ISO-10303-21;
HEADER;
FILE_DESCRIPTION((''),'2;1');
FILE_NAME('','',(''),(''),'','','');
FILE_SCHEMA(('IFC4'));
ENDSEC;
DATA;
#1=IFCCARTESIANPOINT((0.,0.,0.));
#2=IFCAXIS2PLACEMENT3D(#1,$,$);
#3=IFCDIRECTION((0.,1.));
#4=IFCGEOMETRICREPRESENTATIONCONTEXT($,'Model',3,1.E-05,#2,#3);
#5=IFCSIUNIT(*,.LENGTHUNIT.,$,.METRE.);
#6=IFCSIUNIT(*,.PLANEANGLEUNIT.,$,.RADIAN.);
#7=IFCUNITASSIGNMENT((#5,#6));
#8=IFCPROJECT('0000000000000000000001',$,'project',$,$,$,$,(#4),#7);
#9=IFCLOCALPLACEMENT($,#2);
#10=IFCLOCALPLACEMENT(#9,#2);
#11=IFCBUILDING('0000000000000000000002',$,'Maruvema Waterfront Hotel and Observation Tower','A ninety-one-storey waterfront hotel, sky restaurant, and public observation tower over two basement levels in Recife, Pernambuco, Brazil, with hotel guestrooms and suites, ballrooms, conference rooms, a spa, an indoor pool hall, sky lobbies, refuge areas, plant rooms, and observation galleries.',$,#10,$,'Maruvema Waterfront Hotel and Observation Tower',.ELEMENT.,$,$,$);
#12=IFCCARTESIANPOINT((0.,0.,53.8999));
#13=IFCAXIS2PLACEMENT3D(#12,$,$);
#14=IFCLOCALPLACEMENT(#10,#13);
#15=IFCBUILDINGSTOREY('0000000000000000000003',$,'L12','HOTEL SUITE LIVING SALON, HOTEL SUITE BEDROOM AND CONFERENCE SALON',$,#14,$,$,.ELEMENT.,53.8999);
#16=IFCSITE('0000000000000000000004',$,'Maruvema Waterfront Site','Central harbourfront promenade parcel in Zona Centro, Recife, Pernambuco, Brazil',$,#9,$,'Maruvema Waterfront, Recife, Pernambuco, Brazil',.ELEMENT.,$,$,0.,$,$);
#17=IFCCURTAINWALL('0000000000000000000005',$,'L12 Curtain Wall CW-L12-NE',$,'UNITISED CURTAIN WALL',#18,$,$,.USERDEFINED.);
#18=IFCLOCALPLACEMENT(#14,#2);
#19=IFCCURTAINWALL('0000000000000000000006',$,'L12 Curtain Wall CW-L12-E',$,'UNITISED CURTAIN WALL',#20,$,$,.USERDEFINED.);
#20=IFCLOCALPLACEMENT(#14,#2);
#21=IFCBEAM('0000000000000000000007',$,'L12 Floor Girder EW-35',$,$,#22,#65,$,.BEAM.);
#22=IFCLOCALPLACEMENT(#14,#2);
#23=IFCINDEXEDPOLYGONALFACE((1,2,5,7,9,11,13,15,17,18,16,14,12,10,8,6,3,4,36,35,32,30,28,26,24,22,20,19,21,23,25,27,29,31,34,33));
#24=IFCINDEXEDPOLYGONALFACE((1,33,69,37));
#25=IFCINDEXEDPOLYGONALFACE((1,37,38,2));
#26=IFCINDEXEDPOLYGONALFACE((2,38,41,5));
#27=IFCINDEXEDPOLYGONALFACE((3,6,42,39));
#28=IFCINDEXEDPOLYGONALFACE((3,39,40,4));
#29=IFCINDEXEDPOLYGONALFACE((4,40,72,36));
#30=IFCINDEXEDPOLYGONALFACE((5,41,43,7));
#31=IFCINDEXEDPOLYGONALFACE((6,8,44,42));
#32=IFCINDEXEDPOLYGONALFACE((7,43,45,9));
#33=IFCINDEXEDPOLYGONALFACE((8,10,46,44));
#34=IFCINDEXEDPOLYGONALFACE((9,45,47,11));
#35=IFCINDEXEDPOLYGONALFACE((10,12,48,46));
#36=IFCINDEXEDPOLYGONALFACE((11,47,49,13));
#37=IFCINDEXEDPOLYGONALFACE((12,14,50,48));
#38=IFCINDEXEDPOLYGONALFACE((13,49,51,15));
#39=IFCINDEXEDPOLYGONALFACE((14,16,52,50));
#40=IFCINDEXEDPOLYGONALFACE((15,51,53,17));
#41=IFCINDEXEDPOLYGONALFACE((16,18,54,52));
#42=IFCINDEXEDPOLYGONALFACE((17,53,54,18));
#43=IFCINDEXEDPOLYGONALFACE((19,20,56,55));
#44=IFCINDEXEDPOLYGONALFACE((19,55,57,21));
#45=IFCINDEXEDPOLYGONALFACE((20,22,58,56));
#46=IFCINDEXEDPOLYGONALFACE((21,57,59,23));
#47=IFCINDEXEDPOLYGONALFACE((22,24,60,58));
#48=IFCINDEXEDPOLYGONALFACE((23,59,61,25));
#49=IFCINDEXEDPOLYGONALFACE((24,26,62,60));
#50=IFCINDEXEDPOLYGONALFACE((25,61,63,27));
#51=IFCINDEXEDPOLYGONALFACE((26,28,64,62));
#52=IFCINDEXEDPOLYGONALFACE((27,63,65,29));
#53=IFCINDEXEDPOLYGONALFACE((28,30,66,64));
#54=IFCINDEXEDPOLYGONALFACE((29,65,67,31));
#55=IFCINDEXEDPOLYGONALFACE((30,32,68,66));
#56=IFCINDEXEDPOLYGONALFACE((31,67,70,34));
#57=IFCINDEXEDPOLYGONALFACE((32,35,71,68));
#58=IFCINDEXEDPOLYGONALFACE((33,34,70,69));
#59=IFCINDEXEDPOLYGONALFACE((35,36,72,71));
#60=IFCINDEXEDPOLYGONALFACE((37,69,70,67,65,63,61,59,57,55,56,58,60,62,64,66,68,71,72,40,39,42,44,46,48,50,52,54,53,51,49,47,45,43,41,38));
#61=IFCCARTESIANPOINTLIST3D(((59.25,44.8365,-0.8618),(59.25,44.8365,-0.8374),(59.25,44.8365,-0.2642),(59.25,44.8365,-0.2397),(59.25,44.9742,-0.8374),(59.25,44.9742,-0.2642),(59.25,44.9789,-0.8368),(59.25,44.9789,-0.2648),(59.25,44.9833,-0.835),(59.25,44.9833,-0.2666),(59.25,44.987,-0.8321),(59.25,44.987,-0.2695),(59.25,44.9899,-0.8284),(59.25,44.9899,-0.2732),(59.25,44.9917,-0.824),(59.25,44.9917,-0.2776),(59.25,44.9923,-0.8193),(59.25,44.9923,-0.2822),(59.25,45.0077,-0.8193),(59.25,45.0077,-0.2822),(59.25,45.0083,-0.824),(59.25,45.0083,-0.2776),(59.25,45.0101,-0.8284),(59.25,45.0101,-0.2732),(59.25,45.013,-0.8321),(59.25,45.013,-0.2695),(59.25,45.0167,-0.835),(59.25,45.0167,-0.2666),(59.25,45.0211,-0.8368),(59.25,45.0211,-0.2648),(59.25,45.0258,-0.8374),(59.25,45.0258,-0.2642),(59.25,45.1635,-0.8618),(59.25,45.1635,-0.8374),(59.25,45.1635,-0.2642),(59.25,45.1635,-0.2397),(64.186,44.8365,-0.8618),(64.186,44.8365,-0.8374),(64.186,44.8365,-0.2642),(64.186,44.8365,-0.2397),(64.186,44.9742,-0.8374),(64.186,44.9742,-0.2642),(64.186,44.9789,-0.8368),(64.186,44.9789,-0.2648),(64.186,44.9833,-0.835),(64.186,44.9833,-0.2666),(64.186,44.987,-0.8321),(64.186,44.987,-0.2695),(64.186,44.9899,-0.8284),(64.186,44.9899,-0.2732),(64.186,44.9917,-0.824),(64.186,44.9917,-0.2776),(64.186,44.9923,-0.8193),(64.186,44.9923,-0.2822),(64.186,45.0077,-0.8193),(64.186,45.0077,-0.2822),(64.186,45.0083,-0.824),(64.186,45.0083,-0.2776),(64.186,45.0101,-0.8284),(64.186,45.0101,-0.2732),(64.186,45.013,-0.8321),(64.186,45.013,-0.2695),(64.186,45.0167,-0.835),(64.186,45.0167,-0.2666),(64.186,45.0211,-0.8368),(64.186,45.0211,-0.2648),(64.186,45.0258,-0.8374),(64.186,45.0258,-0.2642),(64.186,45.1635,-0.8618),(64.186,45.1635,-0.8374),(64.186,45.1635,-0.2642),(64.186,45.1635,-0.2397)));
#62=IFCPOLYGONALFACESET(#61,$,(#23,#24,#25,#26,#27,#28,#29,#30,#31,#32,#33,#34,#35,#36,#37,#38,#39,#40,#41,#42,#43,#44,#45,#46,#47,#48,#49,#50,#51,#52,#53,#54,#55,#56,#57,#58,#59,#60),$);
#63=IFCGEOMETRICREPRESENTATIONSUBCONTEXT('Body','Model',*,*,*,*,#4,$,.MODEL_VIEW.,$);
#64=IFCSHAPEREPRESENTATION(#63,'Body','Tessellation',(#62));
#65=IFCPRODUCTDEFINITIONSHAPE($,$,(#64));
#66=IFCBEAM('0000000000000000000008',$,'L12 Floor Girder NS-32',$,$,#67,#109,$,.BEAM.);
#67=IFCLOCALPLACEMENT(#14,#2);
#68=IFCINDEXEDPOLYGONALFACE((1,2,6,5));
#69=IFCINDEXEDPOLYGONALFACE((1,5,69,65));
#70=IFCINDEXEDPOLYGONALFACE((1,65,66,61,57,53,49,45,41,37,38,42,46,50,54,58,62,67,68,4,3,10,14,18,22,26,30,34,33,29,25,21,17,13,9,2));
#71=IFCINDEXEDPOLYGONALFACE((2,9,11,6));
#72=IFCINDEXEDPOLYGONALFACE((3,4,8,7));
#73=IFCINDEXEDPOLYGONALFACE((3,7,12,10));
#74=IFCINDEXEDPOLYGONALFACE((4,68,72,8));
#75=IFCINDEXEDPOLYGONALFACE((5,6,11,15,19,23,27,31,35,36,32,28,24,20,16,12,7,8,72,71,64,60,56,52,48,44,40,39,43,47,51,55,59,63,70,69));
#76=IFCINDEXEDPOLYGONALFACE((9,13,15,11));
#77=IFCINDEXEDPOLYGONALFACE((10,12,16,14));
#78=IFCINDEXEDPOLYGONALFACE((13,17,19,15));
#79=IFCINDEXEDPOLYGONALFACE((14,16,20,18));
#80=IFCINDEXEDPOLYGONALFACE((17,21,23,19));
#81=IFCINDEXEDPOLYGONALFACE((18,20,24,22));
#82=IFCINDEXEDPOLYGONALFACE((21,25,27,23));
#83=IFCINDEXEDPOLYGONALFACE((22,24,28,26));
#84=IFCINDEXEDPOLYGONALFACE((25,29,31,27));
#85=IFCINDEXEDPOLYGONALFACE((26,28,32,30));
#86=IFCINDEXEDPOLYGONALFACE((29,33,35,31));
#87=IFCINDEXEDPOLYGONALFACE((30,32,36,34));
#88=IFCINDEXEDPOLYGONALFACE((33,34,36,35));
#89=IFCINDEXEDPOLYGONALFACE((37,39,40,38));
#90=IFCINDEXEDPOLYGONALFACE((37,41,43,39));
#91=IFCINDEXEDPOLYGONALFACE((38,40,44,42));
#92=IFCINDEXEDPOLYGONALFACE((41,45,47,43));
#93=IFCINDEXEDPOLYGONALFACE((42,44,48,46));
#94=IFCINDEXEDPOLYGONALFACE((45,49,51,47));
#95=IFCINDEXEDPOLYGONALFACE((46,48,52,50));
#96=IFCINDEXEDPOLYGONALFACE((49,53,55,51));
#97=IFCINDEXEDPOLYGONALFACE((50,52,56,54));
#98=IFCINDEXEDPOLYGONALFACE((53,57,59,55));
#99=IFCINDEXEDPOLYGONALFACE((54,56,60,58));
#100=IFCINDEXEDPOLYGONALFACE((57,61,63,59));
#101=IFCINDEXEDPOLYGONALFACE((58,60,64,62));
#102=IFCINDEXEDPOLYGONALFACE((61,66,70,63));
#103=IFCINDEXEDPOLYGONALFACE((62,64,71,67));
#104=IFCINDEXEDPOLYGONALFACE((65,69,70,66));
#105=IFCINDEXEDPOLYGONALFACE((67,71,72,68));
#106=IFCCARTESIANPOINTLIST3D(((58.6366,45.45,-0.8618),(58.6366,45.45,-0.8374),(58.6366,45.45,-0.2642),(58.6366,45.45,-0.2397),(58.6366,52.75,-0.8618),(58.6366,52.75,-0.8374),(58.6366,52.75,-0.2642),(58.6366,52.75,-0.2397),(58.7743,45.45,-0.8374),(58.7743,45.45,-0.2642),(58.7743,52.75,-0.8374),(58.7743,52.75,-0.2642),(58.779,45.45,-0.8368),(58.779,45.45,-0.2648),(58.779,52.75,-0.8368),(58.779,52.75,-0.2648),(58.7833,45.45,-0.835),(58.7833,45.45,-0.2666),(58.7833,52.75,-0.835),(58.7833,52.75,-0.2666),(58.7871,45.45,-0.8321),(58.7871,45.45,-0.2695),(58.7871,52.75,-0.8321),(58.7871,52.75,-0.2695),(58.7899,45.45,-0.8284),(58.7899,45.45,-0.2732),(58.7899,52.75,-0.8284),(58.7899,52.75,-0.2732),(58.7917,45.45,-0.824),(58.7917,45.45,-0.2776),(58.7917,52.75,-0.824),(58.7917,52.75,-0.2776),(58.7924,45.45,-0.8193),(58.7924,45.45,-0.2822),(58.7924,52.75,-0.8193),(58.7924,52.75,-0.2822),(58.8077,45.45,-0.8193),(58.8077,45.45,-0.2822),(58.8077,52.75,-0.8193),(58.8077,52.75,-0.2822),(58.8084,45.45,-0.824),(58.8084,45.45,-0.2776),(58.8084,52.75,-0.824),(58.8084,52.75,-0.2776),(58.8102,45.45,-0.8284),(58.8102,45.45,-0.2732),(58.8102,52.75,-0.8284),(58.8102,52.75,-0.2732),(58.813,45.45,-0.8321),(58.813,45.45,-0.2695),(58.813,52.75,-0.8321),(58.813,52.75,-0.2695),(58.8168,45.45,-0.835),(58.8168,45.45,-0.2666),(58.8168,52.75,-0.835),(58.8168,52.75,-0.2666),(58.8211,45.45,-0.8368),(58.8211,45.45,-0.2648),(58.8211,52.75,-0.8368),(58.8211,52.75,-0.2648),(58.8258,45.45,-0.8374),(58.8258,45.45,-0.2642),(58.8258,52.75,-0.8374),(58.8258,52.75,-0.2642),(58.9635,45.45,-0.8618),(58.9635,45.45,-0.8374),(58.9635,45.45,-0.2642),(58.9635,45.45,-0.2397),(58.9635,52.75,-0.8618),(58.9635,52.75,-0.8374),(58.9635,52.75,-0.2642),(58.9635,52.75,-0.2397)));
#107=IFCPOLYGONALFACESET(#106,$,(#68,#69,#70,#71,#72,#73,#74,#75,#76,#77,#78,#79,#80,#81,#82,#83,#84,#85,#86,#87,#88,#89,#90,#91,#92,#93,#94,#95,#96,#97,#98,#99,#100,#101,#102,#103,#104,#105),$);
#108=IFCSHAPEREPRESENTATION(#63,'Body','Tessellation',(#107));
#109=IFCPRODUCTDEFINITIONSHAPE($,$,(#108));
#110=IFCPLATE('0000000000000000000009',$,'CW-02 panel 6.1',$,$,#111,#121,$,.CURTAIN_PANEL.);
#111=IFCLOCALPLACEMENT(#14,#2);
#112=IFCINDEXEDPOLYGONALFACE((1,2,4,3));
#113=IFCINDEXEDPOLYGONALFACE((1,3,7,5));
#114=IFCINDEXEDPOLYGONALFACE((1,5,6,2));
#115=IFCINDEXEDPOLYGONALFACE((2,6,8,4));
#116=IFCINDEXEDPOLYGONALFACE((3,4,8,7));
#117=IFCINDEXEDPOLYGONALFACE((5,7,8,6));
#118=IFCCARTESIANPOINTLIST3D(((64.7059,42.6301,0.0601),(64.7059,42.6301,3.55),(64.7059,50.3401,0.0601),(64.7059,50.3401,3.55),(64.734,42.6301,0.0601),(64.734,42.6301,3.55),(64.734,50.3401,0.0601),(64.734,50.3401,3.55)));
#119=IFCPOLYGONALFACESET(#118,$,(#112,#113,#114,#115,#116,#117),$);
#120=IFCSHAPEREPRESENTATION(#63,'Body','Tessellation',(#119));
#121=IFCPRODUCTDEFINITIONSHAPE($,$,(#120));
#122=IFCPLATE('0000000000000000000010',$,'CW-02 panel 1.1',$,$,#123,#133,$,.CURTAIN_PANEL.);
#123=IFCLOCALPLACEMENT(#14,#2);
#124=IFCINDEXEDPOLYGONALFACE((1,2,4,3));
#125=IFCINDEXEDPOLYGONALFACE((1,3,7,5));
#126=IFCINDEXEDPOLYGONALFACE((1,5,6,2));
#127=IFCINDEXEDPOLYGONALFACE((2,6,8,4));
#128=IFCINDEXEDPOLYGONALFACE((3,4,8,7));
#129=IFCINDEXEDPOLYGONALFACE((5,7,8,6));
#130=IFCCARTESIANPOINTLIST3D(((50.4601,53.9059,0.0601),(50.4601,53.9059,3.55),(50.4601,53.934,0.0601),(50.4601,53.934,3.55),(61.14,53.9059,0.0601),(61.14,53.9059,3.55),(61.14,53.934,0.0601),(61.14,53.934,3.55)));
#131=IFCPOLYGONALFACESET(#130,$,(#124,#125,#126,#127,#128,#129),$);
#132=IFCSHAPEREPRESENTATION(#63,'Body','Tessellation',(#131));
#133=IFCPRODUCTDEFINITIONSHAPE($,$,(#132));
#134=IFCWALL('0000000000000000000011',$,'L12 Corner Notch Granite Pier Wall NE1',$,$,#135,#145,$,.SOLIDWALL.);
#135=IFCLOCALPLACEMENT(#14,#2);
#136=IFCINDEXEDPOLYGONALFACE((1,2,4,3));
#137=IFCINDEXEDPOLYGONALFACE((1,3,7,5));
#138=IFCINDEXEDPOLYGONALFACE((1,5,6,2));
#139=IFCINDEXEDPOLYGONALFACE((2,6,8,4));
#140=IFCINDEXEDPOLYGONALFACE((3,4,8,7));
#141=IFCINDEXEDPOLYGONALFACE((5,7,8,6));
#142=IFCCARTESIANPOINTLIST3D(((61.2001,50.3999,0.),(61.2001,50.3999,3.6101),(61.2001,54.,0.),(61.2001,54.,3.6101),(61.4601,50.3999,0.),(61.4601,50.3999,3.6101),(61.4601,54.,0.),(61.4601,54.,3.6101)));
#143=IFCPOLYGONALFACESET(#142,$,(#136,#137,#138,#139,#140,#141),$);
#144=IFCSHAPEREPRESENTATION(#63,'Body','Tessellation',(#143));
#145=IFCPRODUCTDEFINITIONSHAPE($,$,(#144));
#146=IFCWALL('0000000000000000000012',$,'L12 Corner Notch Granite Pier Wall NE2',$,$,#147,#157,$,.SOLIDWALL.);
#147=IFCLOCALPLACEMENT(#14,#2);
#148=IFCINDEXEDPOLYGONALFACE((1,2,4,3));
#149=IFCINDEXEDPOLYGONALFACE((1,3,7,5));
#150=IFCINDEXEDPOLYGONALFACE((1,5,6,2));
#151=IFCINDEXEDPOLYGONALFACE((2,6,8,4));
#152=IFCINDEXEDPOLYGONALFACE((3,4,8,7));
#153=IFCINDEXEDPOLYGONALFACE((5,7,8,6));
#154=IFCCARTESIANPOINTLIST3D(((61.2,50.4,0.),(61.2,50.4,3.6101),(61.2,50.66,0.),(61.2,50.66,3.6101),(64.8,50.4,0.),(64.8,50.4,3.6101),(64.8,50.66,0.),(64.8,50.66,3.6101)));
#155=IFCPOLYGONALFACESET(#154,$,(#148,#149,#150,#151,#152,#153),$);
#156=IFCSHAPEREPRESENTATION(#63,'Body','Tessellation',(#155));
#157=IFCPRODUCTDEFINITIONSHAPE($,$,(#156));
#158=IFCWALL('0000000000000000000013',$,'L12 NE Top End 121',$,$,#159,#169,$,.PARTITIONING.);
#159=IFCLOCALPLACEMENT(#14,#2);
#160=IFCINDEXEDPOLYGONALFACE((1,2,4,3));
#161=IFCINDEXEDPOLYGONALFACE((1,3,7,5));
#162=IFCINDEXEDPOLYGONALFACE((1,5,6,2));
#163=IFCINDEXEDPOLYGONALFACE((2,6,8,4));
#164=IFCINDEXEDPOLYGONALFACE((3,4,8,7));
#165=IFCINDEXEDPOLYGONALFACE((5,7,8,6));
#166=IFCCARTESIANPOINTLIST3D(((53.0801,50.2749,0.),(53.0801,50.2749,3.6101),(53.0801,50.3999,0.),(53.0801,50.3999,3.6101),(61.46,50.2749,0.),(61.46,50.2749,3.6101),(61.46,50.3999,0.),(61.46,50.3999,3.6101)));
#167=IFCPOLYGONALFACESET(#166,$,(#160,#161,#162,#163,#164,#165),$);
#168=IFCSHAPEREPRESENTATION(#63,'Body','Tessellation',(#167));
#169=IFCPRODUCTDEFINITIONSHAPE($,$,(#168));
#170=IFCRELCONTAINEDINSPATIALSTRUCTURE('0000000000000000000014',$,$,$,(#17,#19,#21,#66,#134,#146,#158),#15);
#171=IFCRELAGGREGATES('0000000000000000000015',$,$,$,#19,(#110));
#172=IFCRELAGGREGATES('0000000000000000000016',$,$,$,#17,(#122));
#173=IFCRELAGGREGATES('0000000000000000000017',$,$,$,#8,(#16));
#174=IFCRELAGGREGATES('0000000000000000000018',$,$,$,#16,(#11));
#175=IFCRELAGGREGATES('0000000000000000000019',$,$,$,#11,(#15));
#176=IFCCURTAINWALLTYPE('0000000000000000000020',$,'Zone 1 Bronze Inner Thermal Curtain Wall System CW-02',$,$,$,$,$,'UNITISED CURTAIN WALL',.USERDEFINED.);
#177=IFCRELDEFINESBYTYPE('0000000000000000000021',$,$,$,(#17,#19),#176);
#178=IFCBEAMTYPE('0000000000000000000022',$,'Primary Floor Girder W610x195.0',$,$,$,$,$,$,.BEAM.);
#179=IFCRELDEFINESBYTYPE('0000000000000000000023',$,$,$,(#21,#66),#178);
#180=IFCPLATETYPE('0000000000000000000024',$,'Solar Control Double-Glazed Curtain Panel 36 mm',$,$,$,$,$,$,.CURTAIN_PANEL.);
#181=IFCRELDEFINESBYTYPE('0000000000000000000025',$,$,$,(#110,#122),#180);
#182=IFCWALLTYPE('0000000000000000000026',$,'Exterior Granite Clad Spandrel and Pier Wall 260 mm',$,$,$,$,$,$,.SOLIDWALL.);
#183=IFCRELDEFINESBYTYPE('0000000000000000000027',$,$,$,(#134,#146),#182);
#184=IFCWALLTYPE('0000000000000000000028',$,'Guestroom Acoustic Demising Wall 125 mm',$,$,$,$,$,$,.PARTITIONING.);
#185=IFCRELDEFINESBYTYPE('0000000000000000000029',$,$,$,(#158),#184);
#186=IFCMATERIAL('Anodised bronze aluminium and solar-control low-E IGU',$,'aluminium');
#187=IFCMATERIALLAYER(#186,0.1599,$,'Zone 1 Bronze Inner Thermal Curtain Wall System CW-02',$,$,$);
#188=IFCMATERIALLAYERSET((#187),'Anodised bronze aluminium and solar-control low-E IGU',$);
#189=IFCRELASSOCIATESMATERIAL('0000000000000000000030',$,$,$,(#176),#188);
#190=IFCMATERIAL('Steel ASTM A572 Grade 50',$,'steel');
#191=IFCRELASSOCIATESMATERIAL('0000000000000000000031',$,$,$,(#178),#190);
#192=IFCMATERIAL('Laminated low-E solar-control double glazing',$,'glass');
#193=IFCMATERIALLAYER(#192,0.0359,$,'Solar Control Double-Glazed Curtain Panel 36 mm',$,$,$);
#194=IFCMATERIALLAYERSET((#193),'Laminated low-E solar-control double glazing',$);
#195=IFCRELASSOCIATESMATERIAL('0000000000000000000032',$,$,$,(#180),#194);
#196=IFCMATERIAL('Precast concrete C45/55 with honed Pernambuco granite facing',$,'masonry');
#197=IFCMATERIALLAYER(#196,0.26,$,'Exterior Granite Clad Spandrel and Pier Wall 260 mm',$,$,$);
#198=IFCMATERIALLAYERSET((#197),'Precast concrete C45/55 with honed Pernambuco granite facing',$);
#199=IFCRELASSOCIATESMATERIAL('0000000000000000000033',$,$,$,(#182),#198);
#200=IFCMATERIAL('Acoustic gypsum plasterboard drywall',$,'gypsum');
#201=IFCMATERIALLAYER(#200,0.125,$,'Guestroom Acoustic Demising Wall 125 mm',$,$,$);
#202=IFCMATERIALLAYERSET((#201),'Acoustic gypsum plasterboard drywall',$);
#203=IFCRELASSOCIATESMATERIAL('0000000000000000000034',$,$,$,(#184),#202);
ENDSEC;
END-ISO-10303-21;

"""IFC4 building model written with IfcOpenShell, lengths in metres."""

from ifc_helpers import new_model, si_unit, direction, frame, frame_2d, origin, origin_2d, place, context, subcontext, project, spatial, rectangle, i_section, extrude, material, layer, layer_set, material_profile, profile_set, type_object, element, aggregate, save


model = new_model("IFC4")

# Units and contexts
model_context = context("Model", 3, precision=1e-05, world=origin(), true_north=direction((0.0, 1.0)))
body_context = subcontext(model_context, "Body", "Model", "MODEL_VIEW")
ifc_project = project(units=[si_unit("LENGTHUNIT", "METRE"), si_unit("PLANEANGLEUNIT", "RADIAN")], contexts=[model_context])

# Site, building, storey
site_placement = place(None, origin())
site = spatial("IfcSite", under=ifc_project, at=site_placement, Name="Maruvema Waterfront Site", Description="Central harbourfront promenade parcel in Zona Centro, Recife, Pernambuco, Brazil", LongName="Maruvema Waterfront, Recife, Pernambuco, Brazil", CompositionType="ELEMENT", RefElevation=0.0)
building_placement = place(site_placement, origin())
building = spatial("IfcBuilding", under=site, at=building_placement, Name="Maruvema Waterfront Hotel and Observation Tower", Description="A ninety-one-storey waterfront hotel, sky restaurant, and public observation tower over two basement levels in Recife, Pernambuco, Brazil, with hotel guestrooms and suites, ballrooms, conference rooms, a spa, an indoor pool hall, sky lobbies, refuge areas, plant rooms, and observation galleries.", LongName="Maruvema Waterfront Hotel and Observation Tower", CompositionType="ELEMENT")
storey_placement = place(building_placement, frame((0.0, 0.0, 53.8999)))
storey = spatial("IfcBuildingStorey", under=building, at=storey_placement, Name="L12", Description="HOTEL SUITE LIVING SALON, HOTEL SUITE BEDROOM AND CONFERENCE SALON", CompositionType="ELEMENT", Elevation=53.8999)

# Curtain wall
ifc_material_1 = material(Name="Anodised bronze aluminium and solar-control low-E IGU", Category="aluminium")
ifc_layer_1 = layer(ifc_material_1, 0.1599, Name="Zone 1 Bronze Inner Thermal Curtain Wall System CW-02")
ifc_layer_set_1 = layer_set([ifc_layer_1], Name="Anodised bronze aluminium and solar-control low-E IGU")
curtain_wall_type = type_object("IfcCurtainWallType", Name="Zone 1 Bronze Inner Thermal Curtain Wall System CW-02", ElementType="UNITISED CURTAIN WALL", PredefinedType="USERDEFINED", material=ifc_layer_set_1)
curtain_wall_1_placement = place(storey_placement, origin())
curtain_wall_1 = element("IfcCurtainWall", 1, at=curtain_wall_1_placement, inside=storey, type_object=curtain_wall_type, Name="L12 Curtain Wall CW-L12-NE", ObjectType="UNITISED CURTAIN WALL", PredefinedType="USERDEFINED")

# Curtain wall
curtain_wall_2_placement = place(storey_placement, origin())
curtain_wall_2 = element("IfcCurtainWall", 2, at=curtain_wall_2_placement, inside=storey, type_object=curtain_wall_type, Name="L12 Curtain Wall CW-L12-E", ObjectType="UNITISED CURTAIN WALL", PredefinedType="USERDEFINED")

# Beams
ifc_material_2 = material(Name="Steel ASTM A572 Grade 50", Category="steel")
ifc_material_profile_1 = material_profile(ifc_material_2, i_section(OverallWidth=0.3269, OverallDepth=0.6221, WebThickness=0.0154, FlangeThickness=0.0244, FilletRadius=0.0181, at=origin_2d()), Name="W610x195.0")
ifc_profile_set_1 = profile_set([ifc_material_profile_1], Name="Steel ASTM A572 Grade 50")
beam_type = type_object("IfcBeamType", Name="Primary Floor Girder W610x195.0", PredefinedType="BEAM", material=ifc_profile_set_1)
beam_1_placement = place(storey_placement, frame((59.25, 45.0, -0.5508), z_axis=(1.0, 0.0, 0.0), x_axis=(0.0, 1.0, 0.0)))
element("IfcBeam", 3, at=beam_1_placement, inside=storey, type_object=beam_type, Name="L12 Floor Girder EW-35", PredefinedType="BEAM", context=body_context, shape_type="SweptSolid", body=[
    extrude(i_section(OverallWidth=0.3269, OverallDepth=0.6221, WebThickness=0.0154, FlangeThickness=0.0244, FilletRadius=0.0181, at=origin_2d()), origin(), (0.0, 0.0, 1.0), 4.936),
])
beam_2_placement = place(storey_placement, frame((58.8, 45.45, -0.5508), z_axis=(0.0, 1.0, 0.0), x_axis=(-1.0, 0.0, 0.0)))
element("IfcBeam", 4, at=beam_2_placement, inside=storey, type_object=beam_type, Name="L12 Floor Girder NS-32", PredefinedType="BEAM", context=body_context, shape_type="SweptSolid", body=[
    extrude(i_section(OverallWidth=0.3269, OverallDepth=0.6221, WebThickness=0.0154, FlangeThickness=0.0244, FilletRadius=0.0181, at=origin_2d()), origin(), (0.0, 0.0, 1.0), 7.3),
])

# Plates
ifc_material_3 = material(Name="Laminated low-E solar-control double glazing", Category="glass")
ifc_layer_2 = layer(ifc_material_3, 0.0359, Name="Solar Control Double-Glazed Curtain Panel 36 mm")
ifc_layer_set_2 = layer_set([ifc_layer_2], Name="Laminated low-E solar-control double glazing")
plate_type = type_object("IfcPlateType", Name="Solar Control Double-Glazed Curtain Panel 36 mm", PredefinedType="CURTAIN_PANEL", material=ifc_layer_set_2)
plate_1_placement = place(storey_placement, frame((64.72, 46.4851, 0.0601), z_axis=(0.0, 0.0, 1.0), x_axis=(0.0, 1.0, 0.0)))
plate_1 = element("IfcPlate", 5, at=plate_1_placement, type_object=plate_type, Name="CW-02 panel 6.1", PredefinedType="CURTAIN_PANEL", context=body_context, shape_type="SweptSolid", body=[
    extrude(rectangle(XDim=7.71, YDim=0.0281, at=origin_2d()), origin(), (0.0, 0.0, 1.0), 3.49),
])
aggregate(curtain_wall_2, [plate_1])
plate_2_placement = place(storey_placement, frame((55.8, 53.9199, 0.0601), z_axis=(0.0, 0.0, 1.0), x_axis=(-1.0, 0.0, 0.0)))
plate_2 = element("IfcPlate", 6, at=plate_2_placement, type_object=plate_type, Name="CW-02 panel 1.1", PredefinedType="CURTAIN_PANEL", context=body_context, shape_type="SweptSolid", body=[
    extrude(rectangle(XDim=10.6799, YDim=0.0281, at=origin_2d()), origin(), (0.0, 0.0, 1.0), 3.49),
])
aggregate(curtain_wall_1, [plate_2])

# Walls
ifc_material_4 = material(Name="Precast concrete C45/55 with honed Pernambuco granite facing", Category="masonry")
ifc_layer_3 = layer(ifc_material_4, 0.26, Name="Exterior Granite Clad Spandrel and Pier Wall 260 mm")
ifc_layer_set_3 = layer_set([ifc_layer_3], Name="Precast concrete C45/55 with honed Pernambuco granite facing")
wall_type_1 = type_object("IfcWallType", Name="Exterior Granite Clad Spandrel and Pier Wall 260 mm", PredefinedType="SOLIDWALL", material=ifc_layer_set_3)
for number, where, z_axis, x_axis, name in (
    (7, (61.3301, 54.0, 0.0), (0.0, 0.0, 1.0), (0.0, -1.0, 0.0), "L12 Corner Notch Granite Pier Wall NE1"),
    (8, (61.2, 50.53, 0.0), (0.0, 0.0, 1.0), (1.0, 0.0, 0.0), "L12 Corner Notch Granite Pier Wall NE2"),
):
    element("IfcWall", number, at=place(storey_placement, frame(where, z_axis=z_axis, x_axis=x_axis)), inside=storey, type_object=wall_type_1, Name=name, PredefinedType="SOLIDWALL", context=body_context, shape_type="SweptSolid", body=[
        extrude(rectangle(XDim=3.6001, YDim=0.26, at=frame_2d((1.8, 0.0))), origin(), (0.0, 0.0, 1.0), 3.6101),
    ])
ifc_material_5 = material(Name="Acoustic gypsum plasterboard drywall", Category="gypsum")
ifc_layer_4 = layer(ifc_material_5, 0.125, Name="Guestroom Acoustic Demising Wall 125 mm")
ifc_layer_set_4 = layer_set([ifc_layer_4], Name="Acoustic gypsum plasterboard drywall")
wall_type_2 = type_object("IfcWallType", Name="Guestroom Acoustic Demising Wall 125 mm", PredefinedType="PARTITIONING", material=ifc_layer_set_4)
wall_placement = place(storey_placement, frame((53.0801, 50.3374, 0.0), z_axis=(0.0, 0.0, 1.0), x_axis=(1.0, 0.0, 0.0)))
element("IfcWall", 9, at=wall_placement, inside=storey, type_object=wall_type_2, Name="L12 NE Top End 121", PredefinedType="PARTITIONING", context=body_context, shape_type="SweptSolid", body=[
    extrude(rectangle(XDim=8.3799, YDim=0.125, at=frame_2d((4.1899, 0.0))), origin(), (0.0, 0.0, 1.0), 3.6101),
])

save(model, "model.ifc")
